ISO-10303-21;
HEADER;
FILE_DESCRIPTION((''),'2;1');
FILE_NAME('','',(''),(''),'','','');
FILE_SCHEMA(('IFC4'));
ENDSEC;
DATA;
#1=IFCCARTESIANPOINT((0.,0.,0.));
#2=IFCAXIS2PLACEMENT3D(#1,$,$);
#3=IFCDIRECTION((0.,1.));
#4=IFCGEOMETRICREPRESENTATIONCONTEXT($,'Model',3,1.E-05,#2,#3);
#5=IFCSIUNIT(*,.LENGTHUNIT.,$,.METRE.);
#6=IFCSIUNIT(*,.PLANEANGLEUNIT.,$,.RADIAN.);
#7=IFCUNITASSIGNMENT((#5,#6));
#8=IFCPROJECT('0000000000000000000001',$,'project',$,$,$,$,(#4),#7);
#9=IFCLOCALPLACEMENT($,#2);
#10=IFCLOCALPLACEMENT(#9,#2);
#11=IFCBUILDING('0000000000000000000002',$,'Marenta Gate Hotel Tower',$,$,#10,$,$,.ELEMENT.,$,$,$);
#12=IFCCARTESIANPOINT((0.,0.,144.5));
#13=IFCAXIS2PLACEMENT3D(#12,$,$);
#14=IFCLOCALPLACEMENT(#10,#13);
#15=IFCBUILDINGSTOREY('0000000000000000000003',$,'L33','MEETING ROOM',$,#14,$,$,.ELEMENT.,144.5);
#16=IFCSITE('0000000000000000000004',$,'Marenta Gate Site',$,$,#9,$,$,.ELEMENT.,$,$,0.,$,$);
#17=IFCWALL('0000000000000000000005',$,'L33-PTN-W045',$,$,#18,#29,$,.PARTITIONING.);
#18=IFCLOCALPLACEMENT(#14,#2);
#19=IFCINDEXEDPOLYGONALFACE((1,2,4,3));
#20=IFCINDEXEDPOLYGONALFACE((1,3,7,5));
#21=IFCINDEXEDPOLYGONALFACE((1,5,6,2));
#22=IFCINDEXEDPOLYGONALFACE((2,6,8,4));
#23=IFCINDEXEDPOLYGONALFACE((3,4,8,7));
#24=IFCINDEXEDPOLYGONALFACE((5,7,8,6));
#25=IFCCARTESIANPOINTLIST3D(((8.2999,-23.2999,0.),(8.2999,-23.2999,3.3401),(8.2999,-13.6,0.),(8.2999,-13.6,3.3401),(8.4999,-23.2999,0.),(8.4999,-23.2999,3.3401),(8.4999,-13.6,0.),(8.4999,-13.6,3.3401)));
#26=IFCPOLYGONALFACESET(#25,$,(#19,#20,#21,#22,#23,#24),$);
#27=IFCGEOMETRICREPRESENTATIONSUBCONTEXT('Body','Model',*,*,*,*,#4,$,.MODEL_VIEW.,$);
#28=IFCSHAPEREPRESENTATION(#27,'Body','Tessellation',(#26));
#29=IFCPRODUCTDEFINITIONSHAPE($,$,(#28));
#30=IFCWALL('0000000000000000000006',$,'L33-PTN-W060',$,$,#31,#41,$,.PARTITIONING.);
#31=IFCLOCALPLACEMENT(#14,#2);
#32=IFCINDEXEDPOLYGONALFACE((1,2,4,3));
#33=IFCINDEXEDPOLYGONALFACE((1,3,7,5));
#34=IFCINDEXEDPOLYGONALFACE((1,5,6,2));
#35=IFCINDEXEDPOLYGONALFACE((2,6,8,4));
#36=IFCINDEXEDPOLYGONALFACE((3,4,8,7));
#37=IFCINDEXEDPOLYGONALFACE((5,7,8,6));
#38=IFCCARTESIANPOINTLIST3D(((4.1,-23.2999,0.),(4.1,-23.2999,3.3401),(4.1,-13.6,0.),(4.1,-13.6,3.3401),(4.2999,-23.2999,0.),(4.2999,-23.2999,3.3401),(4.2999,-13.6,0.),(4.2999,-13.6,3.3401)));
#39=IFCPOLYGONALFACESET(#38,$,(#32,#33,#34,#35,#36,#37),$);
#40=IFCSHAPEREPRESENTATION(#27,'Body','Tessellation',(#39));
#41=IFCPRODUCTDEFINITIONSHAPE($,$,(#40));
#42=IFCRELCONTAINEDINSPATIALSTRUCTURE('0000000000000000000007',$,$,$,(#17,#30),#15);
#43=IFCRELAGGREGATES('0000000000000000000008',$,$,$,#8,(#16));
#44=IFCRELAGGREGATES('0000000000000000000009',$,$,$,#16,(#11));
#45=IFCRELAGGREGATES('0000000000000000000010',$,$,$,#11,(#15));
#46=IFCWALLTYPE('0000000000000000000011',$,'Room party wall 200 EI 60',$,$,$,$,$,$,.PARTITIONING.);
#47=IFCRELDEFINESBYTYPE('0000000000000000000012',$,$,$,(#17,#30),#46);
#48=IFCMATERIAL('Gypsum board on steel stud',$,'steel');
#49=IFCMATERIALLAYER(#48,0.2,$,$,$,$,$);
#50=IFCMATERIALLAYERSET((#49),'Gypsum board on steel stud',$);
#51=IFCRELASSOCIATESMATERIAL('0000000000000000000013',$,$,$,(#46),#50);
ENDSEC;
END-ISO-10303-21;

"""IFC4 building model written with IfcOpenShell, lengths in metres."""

from ifc_helpers import new_model, si_unit, direction, frame, frame_2d, origin, place, context, subcontext, project, spatial, rectangle, extrude, material, layer, layer_set, type_object, element, save


model = new_model("IFC4")

# Units and contexts
model_context = context("Model", 3, precision=1e-05, world=origin(), true_north=direction((0.0, 1.0)))
body_context = subcontext(model_context, "Body", "Model", "MODEL_VIEW")
ifc_project = project(units=[si_unit("LENGTHUNIT", "METRE"), si_unit("PLANEANGLEUNIT", "RADIAN")], contexts=[model_context])

# Site, building, storey
site_placement = place(None, origin())
site = spatial("IfcSite", under=ifc_project, at=site_placement, Name="Marenta Gate Site", CompositionType="ELEMENT", RefElevation=0.0)
building_placement = place(site_placement, origin())
building = spatial("IfcBuilding", under=site, at=building_placement, Name="Marenta Gate Hotel Tower", CompositionType="ELEMENT")
storey_placement = place(building_placement, frame((0.0, 0.0, 144.5)))
storey = spatial("IfcBuildingStorey", under=building, at=storey_placement, Name="L33", Description="MEETING ROOM", CompositionType="ELEMENT", Elevation=144.5)

# Walls
ifc_material_1 = material(Name="Gypsum board on steel stud", Category="steel")
ifc_layer_1 = layer(ifc_material_1, 0.2)
ifc_layer_set_1 = layer_set([ifc_layer_1], Name="Gypsum board on steel stud")
wall_type_1 = type_object("IfcWallType", Name="Room party wall 200 EI 60", PredefinedType="PARTITIONING", material=ifc_layer_set_1)
for number, where, z_axis, x_axis, name in (
    (1, (8.3999, -23.3, 0.0), (0.0, 0.0, 1.0), (0.0, 1.0, 0.0), "L33-PTN-W045"),
    (2, (4.2, -23.3, 0.0), (0.0, 0.0, 1.0), (0.0, 1.0, 0.0), "L33-PTN-W060"),
):
    element("IfcWall", number, at=place(storey_placement, frame(where, z_axis=z_axis, x_axis=x_axis)), inside=storey, type_object=wall_type_1, Name=name, PredefinedType="PARTITIONING", context=body_context, shape_type="SweptSolid", body=[
        extrude(rectangle(XDim=9.7, YDim=0.2, at=frame_2d((4.8501, 0.0))), origin(), (0.0, 0.0, 1.0), 3.3401),
    ])

save(model, "model.ifc")
